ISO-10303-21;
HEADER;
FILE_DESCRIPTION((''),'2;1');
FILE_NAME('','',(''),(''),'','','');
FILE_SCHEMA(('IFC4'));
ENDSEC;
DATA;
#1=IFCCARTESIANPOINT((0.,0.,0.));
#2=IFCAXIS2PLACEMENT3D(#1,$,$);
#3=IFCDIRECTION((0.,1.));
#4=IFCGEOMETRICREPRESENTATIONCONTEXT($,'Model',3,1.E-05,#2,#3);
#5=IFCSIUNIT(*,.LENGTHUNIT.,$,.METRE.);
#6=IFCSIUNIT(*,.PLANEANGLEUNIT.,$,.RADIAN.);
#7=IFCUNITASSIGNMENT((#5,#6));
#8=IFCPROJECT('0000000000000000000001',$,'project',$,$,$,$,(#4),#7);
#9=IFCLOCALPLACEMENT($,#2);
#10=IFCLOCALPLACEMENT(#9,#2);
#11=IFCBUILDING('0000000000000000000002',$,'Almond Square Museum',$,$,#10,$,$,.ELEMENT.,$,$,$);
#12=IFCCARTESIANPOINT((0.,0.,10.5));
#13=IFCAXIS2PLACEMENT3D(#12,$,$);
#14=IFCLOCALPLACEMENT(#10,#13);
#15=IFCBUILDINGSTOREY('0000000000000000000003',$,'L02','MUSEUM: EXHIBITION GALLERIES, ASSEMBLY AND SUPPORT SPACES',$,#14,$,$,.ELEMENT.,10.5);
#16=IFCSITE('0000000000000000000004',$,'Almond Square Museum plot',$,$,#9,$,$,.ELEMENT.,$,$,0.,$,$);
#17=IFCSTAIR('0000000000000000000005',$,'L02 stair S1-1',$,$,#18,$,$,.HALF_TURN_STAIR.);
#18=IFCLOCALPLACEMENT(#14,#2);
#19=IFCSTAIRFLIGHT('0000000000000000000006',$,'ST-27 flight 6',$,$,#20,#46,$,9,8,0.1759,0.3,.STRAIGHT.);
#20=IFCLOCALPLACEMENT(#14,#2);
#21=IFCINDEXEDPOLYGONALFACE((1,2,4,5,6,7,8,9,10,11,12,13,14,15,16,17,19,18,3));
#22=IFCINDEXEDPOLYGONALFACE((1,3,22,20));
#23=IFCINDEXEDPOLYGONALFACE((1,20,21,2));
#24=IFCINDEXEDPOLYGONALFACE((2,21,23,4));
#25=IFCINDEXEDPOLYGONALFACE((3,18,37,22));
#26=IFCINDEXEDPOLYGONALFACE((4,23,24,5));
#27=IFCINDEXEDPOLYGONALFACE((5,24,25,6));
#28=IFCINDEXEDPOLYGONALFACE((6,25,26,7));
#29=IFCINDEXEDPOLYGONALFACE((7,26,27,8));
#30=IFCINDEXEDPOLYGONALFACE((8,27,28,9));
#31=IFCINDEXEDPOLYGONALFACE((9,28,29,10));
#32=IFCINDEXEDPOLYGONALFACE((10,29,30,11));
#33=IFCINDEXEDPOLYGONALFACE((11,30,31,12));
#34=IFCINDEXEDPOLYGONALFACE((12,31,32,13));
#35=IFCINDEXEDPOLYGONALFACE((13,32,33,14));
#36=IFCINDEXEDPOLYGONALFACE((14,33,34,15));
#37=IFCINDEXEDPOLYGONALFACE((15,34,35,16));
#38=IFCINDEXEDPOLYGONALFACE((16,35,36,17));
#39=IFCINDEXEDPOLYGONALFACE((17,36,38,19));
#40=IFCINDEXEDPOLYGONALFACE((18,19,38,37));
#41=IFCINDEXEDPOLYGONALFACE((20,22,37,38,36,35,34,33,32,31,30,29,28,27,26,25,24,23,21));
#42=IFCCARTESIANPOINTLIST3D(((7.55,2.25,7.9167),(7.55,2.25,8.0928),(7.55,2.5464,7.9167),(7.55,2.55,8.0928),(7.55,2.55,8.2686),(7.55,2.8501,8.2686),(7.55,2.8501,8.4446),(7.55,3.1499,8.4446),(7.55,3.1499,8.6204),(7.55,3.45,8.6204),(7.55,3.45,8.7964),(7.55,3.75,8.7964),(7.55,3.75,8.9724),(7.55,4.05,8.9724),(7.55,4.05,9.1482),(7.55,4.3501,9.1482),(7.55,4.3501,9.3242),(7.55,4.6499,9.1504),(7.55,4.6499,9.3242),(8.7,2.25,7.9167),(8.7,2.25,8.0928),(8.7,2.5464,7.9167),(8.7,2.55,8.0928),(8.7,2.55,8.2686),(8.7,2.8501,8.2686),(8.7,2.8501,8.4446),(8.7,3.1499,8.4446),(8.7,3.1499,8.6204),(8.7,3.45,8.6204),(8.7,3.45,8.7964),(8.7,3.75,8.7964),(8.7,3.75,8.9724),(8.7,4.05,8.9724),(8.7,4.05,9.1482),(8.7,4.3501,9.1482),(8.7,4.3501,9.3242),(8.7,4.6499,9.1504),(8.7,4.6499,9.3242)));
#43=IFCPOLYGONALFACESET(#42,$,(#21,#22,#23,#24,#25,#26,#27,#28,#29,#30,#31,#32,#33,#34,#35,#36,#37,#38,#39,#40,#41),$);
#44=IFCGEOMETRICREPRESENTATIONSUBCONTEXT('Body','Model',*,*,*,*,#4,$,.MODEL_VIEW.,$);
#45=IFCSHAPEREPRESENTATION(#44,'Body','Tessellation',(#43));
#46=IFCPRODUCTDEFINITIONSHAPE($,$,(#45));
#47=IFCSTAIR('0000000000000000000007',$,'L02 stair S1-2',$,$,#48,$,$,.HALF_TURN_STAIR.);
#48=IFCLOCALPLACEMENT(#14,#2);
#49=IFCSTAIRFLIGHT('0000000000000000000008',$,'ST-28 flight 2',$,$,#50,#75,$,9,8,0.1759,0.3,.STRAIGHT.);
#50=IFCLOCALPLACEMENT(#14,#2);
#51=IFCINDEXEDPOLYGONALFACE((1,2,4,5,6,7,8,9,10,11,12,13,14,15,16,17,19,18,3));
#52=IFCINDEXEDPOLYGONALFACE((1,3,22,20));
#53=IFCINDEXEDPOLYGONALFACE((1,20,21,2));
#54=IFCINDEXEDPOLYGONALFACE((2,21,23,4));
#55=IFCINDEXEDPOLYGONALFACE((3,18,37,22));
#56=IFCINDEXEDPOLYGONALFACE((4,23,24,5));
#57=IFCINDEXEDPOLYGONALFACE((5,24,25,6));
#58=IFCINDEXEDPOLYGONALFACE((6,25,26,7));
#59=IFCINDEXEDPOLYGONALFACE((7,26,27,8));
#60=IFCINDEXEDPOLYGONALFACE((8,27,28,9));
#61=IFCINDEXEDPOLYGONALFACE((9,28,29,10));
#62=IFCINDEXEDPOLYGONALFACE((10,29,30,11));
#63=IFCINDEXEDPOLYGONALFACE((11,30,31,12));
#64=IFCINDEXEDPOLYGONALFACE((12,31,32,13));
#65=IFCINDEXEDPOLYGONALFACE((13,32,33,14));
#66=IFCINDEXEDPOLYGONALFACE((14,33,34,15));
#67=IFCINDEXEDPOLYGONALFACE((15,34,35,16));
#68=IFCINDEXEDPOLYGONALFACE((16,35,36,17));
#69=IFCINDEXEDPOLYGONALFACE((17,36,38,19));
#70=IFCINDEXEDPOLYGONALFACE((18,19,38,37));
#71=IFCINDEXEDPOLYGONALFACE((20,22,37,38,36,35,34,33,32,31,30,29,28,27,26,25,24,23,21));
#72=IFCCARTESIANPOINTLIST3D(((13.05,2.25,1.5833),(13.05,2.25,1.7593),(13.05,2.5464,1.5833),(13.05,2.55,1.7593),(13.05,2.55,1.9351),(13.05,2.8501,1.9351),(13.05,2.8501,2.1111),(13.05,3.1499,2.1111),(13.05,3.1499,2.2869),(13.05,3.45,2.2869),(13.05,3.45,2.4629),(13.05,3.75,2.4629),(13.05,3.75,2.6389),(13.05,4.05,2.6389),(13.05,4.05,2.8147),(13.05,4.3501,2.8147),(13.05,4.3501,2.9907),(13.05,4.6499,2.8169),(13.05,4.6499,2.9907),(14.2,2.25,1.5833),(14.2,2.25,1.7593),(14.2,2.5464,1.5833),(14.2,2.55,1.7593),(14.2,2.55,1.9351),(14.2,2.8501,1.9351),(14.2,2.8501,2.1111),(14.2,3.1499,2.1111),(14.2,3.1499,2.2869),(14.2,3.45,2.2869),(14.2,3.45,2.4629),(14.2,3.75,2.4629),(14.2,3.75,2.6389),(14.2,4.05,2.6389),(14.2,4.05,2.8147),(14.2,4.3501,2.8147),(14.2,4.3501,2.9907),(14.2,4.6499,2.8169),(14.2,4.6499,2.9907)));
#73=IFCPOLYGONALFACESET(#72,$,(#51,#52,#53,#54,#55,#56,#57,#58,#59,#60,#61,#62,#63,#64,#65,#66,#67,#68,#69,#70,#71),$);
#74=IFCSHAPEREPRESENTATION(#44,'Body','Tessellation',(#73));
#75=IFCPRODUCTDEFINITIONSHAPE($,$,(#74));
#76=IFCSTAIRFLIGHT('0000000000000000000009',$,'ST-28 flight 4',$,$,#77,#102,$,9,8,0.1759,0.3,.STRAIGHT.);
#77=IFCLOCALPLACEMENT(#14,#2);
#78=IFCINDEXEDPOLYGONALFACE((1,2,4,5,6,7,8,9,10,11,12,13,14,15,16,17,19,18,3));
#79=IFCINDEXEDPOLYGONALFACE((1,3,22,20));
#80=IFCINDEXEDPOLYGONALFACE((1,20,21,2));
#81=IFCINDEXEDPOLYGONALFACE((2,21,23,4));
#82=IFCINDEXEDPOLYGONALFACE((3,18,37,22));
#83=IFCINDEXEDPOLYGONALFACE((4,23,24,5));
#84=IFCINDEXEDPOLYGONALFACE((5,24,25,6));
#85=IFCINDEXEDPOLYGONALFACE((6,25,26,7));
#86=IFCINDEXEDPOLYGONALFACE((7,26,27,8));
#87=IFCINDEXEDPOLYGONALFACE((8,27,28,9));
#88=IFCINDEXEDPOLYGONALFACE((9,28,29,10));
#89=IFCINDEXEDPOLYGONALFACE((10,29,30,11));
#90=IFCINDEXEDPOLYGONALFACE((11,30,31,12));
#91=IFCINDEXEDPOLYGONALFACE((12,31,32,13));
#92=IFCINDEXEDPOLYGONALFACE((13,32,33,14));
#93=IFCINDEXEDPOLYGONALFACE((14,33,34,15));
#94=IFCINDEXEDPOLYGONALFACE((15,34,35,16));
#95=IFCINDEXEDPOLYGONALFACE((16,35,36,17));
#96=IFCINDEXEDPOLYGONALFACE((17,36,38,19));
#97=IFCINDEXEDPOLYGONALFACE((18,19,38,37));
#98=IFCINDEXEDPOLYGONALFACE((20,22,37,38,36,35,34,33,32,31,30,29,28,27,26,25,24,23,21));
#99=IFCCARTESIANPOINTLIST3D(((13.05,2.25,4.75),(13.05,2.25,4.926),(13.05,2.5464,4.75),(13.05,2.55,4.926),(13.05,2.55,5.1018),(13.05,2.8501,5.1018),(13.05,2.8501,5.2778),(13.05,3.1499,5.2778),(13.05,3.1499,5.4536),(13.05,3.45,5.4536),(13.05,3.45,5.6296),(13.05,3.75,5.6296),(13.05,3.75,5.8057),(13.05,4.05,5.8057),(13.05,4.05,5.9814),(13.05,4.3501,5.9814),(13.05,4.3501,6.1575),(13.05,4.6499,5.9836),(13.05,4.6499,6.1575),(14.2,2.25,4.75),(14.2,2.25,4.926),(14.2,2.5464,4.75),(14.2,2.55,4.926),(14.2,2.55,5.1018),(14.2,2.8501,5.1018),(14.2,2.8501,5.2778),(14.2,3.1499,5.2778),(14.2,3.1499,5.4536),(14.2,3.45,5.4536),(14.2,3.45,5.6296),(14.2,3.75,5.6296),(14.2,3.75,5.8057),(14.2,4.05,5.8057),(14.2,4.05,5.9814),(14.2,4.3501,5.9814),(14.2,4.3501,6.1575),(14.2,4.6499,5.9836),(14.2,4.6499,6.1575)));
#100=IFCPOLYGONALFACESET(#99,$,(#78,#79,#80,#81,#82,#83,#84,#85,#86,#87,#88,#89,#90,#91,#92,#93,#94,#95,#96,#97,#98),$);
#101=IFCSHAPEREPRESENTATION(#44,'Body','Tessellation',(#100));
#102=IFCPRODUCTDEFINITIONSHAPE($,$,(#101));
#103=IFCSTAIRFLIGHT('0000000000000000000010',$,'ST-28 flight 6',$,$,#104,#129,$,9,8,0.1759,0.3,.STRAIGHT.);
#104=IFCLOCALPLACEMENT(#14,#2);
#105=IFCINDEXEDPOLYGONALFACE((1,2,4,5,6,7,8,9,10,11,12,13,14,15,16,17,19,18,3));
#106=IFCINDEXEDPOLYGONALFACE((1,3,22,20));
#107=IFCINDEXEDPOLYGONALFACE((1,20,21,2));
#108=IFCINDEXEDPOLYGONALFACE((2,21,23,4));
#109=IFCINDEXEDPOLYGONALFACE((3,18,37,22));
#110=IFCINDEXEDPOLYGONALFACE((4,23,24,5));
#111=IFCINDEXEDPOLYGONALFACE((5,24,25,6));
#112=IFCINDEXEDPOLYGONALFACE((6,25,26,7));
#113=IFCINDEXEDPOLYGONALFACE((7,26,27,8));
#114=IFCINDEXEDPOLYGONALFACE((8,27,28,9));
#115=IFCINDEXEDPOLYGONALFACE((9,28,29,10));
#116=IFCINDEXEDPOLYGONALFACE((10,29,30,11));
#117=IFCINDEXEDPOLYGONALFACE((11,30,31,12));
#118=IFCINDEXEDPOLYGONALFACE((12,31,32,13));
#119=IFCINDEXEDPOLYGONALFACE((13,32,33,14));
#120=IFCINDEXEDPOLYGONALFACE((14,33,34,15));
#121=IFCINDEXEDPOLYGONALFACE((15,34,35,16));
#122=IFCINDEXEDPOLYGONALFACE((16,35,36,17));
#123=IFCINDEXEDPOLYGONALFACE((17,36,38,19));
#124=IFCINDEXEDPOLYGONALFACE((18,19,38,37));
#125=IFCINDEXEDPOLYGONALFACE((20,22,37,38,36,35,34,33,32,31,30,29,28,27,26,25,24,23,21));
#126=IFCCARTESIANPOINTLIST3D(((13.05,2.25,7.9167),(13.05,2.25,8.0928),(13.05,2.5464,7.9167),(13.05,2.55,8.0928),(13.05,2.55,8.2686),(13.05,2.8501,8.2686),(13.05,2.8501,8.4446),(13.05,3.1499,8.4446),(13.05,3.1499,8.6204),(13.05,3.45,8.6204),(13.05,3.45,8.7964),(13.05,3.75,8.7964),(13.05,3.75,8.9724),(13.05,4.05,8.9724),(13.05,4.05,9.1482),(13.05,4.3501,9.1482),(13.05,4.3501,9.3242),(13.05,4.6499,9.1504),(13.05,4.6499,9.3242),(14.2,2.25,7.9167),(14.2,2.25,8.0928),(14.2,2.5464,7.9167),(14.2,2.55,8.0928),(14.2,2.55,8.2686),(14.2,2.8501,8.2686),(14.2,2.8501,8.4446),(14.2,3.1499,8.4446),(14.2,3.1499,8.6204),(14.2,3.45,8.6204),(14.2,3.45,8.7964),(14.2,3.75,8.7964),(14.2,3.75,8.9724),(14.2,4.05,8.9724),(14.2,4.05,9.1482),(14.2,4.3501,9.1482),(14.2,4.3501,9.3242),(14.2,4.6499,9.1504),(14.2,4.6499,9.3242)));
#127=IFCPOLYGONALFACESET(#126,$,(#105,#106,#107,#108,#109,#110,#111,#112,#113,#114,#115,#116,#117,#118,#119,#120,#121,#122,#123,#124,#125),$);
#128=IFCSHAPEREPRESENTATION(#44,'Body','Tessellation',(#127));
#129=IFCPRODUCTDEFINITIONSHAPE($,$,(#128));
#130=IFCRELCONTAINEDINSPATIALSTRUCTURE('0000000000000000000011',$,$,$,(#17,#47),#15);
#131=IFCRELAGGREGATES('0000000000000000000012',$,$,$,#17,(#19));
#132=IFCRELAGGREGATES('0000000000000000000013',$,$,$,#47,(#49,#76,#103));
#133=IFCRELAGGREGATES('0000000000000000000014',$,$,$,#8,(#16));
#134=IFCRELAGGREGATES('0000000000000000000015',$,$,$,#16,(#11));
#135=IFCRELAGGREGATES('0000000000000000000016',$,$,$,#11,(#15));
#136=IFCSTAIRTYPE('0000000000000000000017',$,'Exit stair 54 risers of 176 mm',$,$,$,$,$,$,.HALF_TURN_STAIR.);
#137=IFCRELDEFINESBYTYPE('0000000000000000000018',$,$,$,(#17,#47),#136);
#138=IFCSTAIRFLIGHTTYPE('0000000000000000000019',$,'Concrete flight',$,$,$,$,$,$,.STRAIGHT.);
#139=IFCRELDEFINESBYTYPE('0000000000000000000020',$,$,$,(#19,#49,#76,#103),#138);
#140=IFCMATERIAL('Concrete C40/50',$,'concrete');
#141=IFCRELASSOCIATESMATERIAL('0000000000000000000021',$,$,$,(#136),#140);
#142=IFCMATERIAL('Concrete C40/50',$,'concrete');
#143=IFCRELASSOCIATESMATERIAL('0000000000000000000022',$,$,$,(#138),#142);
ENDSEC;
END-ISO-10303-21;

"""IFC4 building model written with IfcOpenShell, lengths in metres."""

from ifc_helpers import new_model, si_unit, direction, frame, origin, place, context, subcontext, project, spatial, polyline, outline, extrude, material, type_object, element, aggregate, save


model = new_model("IFC4")

# Units and contexts
model_context = context("Model", 3, precision=1e-05, world=origin(), true_north=direction((0.0, 1.0)))
body_context = subcontext(model_context, "Body", "Model", "MODEL_VIEW")
ifc_project = project(units=[si_unit("LENGTHUNIT", "METRE"), si_unit("PLANEANGLEUNIT", "RADIAN")], contexts=[model_context])

# Site, building, storey
site_placement = place(None, origin())
site = spatial("IfcSite", under=ifc_project, at=site_placement, Name="Almond Square Museum plot", CompositionType="ELEMENT", RefElevation=0.0)
building_placement = place(site_placement, origin())
building = spatial("IfcBuilding", under=site, at=building_placement, Name="Almond Square Museum", CompositionType="ELEMENT")
storey_placement = place(building_placement, frame((0.0, 0.0, 10.5)))
storey = spatial("IfcBuildingStorey", under=building, at=storey_placement, Name="L02", Description="MUSEUM: EXHIBITION GALLERIES, ASSEMBLY AND SUPPORT SPACES", CompositionType="ELEMENT", Elevation=10.5)

# Stairs, stair flights
ifc_material_1 = material(Name="Concrete C40/50", Category="concrete")
stair_type = type_object("IfcStairType", Name="Exit stair 54 risers of 176 mm", PredefinedType="HALF_TURN_STAIR", material=ifc_material_1)
stair_1_placement = place(storey_placement, origin())
stair_1 = element("IfcStair", 1, at=stair_1_placement, inside=storey, type_object=stair_type, Name="L02 stair S1-1", PredefinedType="HALF_TURN_STAIR")
ifc_material_2 = material(Name="Concrete C40/50", Category="concrete")
stair_flight_type = type_object("IfcStairFlightType", Name="Concrete flight", PredefinedType="STRAIGHT", material=ifc_material_2)
stair_flight_1_placement = place(storey_placement, frame((8.125, 2.25, 7.9167), z_axis=(0.0, 0.0, 1.0), x_axis=(0.0, 1.0, 0.0)))
stair_flight_1 = element("IfcStairFlight", 2, at=stair_flight_1_placement, type_object=stair_flight_type, Name="ST-27 flight 6", NumberOfRisers=9, NumberOfTreads=8, PredefinedType="STRAIGHT", RiserHeight=0.1759, TreadLength=0.3, context=body_context, shape_type="SweptSolid", body=[
    extrude(outline(polyline([(0.0, 0.0), (0.0, 0.176), (0.3, 0.176), (0.3, 0.3518), (0.6001, 0.3518), (0.6001, 0.5278), (0.8999, 0.5278), (0.8999, 0.7036), (1.2, 0.7036), (1.2, 0.8796), (1.5, 0.8796), (1.5, 1.0557), (1.8, 1.0557), (1.8, 1.2314), (2.1001, 1.2314), (2.1001, 1.4075), (2.3999, 1.4075), (2.3999, 1.5833), (2.3999, 1.2336), (0.2964, 0.0), (0.0, 0.0)])), frame((0.0, 0.575, 0.0), z_axis=(0.0, -1.0, 0.0), x_axis=(1.0, 0.0, 0.0)), (0.0, 0.0, 1.0), 1.1499),
])
aggregate(stair_1, [stair_flight_1])
stair_2_placement = place(storey_placement, origin())
stair_2 = element("IfcStair", 3, at=stair_2_placement, inside=storey, type_object=stair_type, Name="L02 stair S1-2", PredefinedType="HALF_TURN_STAIR")
stair_flight_2_placement = place(storey_placement, frame((13.625, 2.25, 1.5833), z_axis=(0.0, 0.0, 1.0), x_axis=(0.0, 1.0, 0.0)))
stair_flight_2 = element("IfcStairFlight", 4, at=stair_flight_2_placement, type_object=stair_flight_type, Name="ST-28 flight 2", NumberOfRisers=9, NumberOfTreads=8, PredefinedType="STRAIGHT", RiserHeight=0.1759, TreadLength=0.3, context=body_context, shape_type="SweptSolid", body=[
    extrude(outline(polyline([(0.0, 0.0), (0.0, 0.176), (0.3, 0.176), (0.3, 0.3518), (0.6001, 0.3518), (0.6001, 0.5278), (0.8999, 0.5278), (0.8999, 0.7036), (1.2, 0.7036), (1.2, 0.8796), (1.5, 0.8796), (1.5, 1.0557), (1.8, 1.0557), (1.8, 1.2314), (2.1001, 1.2314), (2.1001, 1.4075), (2.3999, 1.4075), (2.3999, 1.5833), (2.3999, 1.2336), (0.2964, 0.0), (0.0, 0.0)])), frame((0.0, 0.575, 0.0), z_axis=(0.0, -1.0, 0.0), x_axis=(1.0, 0.0, 0.0)), (0.0, 0.0, 1.0), 1.1499),
])
stair_flight_3_placement = place(storey_placement, frame((13.625, 2.25, 4.75), z_axis=(0.0, 0.0, 1.0), x_axis=(0.0, 1.0, 0.0)))
stair_flight_3 = element("IfcStairFlight", 5, at=stair_flight_3_placement, type_object=stair_flight_type, Name="ST-28 flight 4", NumberOfRisers=9, NumberOfTreads=8, PredefinedType="STRAIGHT", RiserHeight=0.1759, TreadLength=0.3, context=body_context, shape_type="SweptSolid", body=[
    extrude(outline(polyline([(0.0, 0.0), (0.0, 0.176), (0.3, 0.176), (0.3, 0.3518), (0.6001, 0.3518), (0.6001, 0.5278), (0.8999, 0.5278), (0.8999, 0.7036), (1.2, 0.7036), (1.2, 0.8796), (1.5, 0.8796), (1.5, 1.0557), (1.8, 1.0557), (1.8, 1.2314), (2.1001, 1.2314), (2.1001, 1.4075), (2.3999, 1.4075), (2.3999, 1.5833), (2.3999, 1.2336), (0.2964, 0.0), (0.0, 0.0)])), frame((0.0, 0.575, 0.0), z_axis=(0.0, -1.0, 0.0), x_axis=(1.0, 0.0, 0.0)), (0.0, 0.0, 1.0), 1.1499),
])
stair_flight_4_placement = place(storey_placement, frame((13.625, 2.25, 7.9167), z_axis=(0.0, 0.0, 1.0), x_axis=(0.0, 1.0, 0.0)))
stair_flight_4 = element("IfcStairFlight", 6, at=stair_flight_4_placement, type_object=stair_flight_type, Name="ST-28 flight 6", NumberOfRisers=9, NumberOfTreads=8, PredefinedType="STRAIGHT", RiserHeight=0.1759, TreadLength=0.3, context=body_context, shape_type="SweptSolid", body=[
    extrude(outline(polyline([(0.0, 0.0), (0.0, 0.176), (0.3, 0.176), (0.3, 0.3518), (0.6001, 0.3518), (0.6001, 0.5278), (0.8999, 0.5278), (0.8999, 0.7036), (1.2, 0.7036), (1.2, 0.8796), (1.5, 0.8796), (1.5, 1.0557), (1.8, 1.0557), (1.8, 1.2314), (2.1001, 1.2314), (2.1001, 1.4075), (2.3999, 1.4075), (2.3999, 1.5833), (2.3999, 1.2336), (0.2964, 0.0), (0.0, 0.0)])), frame((0.0, 0.575, 0.0), z_axis=(0.0, -1.0, 0.0), x_axis=(1.0, 0.0, 0.0)), (0.0, 0.0, 1.0), 1.1499),
])
aggregate(stair_2, [stair_flight_2, stair_flight_3, stair_flight_4])

save(model, "model.ifc")
